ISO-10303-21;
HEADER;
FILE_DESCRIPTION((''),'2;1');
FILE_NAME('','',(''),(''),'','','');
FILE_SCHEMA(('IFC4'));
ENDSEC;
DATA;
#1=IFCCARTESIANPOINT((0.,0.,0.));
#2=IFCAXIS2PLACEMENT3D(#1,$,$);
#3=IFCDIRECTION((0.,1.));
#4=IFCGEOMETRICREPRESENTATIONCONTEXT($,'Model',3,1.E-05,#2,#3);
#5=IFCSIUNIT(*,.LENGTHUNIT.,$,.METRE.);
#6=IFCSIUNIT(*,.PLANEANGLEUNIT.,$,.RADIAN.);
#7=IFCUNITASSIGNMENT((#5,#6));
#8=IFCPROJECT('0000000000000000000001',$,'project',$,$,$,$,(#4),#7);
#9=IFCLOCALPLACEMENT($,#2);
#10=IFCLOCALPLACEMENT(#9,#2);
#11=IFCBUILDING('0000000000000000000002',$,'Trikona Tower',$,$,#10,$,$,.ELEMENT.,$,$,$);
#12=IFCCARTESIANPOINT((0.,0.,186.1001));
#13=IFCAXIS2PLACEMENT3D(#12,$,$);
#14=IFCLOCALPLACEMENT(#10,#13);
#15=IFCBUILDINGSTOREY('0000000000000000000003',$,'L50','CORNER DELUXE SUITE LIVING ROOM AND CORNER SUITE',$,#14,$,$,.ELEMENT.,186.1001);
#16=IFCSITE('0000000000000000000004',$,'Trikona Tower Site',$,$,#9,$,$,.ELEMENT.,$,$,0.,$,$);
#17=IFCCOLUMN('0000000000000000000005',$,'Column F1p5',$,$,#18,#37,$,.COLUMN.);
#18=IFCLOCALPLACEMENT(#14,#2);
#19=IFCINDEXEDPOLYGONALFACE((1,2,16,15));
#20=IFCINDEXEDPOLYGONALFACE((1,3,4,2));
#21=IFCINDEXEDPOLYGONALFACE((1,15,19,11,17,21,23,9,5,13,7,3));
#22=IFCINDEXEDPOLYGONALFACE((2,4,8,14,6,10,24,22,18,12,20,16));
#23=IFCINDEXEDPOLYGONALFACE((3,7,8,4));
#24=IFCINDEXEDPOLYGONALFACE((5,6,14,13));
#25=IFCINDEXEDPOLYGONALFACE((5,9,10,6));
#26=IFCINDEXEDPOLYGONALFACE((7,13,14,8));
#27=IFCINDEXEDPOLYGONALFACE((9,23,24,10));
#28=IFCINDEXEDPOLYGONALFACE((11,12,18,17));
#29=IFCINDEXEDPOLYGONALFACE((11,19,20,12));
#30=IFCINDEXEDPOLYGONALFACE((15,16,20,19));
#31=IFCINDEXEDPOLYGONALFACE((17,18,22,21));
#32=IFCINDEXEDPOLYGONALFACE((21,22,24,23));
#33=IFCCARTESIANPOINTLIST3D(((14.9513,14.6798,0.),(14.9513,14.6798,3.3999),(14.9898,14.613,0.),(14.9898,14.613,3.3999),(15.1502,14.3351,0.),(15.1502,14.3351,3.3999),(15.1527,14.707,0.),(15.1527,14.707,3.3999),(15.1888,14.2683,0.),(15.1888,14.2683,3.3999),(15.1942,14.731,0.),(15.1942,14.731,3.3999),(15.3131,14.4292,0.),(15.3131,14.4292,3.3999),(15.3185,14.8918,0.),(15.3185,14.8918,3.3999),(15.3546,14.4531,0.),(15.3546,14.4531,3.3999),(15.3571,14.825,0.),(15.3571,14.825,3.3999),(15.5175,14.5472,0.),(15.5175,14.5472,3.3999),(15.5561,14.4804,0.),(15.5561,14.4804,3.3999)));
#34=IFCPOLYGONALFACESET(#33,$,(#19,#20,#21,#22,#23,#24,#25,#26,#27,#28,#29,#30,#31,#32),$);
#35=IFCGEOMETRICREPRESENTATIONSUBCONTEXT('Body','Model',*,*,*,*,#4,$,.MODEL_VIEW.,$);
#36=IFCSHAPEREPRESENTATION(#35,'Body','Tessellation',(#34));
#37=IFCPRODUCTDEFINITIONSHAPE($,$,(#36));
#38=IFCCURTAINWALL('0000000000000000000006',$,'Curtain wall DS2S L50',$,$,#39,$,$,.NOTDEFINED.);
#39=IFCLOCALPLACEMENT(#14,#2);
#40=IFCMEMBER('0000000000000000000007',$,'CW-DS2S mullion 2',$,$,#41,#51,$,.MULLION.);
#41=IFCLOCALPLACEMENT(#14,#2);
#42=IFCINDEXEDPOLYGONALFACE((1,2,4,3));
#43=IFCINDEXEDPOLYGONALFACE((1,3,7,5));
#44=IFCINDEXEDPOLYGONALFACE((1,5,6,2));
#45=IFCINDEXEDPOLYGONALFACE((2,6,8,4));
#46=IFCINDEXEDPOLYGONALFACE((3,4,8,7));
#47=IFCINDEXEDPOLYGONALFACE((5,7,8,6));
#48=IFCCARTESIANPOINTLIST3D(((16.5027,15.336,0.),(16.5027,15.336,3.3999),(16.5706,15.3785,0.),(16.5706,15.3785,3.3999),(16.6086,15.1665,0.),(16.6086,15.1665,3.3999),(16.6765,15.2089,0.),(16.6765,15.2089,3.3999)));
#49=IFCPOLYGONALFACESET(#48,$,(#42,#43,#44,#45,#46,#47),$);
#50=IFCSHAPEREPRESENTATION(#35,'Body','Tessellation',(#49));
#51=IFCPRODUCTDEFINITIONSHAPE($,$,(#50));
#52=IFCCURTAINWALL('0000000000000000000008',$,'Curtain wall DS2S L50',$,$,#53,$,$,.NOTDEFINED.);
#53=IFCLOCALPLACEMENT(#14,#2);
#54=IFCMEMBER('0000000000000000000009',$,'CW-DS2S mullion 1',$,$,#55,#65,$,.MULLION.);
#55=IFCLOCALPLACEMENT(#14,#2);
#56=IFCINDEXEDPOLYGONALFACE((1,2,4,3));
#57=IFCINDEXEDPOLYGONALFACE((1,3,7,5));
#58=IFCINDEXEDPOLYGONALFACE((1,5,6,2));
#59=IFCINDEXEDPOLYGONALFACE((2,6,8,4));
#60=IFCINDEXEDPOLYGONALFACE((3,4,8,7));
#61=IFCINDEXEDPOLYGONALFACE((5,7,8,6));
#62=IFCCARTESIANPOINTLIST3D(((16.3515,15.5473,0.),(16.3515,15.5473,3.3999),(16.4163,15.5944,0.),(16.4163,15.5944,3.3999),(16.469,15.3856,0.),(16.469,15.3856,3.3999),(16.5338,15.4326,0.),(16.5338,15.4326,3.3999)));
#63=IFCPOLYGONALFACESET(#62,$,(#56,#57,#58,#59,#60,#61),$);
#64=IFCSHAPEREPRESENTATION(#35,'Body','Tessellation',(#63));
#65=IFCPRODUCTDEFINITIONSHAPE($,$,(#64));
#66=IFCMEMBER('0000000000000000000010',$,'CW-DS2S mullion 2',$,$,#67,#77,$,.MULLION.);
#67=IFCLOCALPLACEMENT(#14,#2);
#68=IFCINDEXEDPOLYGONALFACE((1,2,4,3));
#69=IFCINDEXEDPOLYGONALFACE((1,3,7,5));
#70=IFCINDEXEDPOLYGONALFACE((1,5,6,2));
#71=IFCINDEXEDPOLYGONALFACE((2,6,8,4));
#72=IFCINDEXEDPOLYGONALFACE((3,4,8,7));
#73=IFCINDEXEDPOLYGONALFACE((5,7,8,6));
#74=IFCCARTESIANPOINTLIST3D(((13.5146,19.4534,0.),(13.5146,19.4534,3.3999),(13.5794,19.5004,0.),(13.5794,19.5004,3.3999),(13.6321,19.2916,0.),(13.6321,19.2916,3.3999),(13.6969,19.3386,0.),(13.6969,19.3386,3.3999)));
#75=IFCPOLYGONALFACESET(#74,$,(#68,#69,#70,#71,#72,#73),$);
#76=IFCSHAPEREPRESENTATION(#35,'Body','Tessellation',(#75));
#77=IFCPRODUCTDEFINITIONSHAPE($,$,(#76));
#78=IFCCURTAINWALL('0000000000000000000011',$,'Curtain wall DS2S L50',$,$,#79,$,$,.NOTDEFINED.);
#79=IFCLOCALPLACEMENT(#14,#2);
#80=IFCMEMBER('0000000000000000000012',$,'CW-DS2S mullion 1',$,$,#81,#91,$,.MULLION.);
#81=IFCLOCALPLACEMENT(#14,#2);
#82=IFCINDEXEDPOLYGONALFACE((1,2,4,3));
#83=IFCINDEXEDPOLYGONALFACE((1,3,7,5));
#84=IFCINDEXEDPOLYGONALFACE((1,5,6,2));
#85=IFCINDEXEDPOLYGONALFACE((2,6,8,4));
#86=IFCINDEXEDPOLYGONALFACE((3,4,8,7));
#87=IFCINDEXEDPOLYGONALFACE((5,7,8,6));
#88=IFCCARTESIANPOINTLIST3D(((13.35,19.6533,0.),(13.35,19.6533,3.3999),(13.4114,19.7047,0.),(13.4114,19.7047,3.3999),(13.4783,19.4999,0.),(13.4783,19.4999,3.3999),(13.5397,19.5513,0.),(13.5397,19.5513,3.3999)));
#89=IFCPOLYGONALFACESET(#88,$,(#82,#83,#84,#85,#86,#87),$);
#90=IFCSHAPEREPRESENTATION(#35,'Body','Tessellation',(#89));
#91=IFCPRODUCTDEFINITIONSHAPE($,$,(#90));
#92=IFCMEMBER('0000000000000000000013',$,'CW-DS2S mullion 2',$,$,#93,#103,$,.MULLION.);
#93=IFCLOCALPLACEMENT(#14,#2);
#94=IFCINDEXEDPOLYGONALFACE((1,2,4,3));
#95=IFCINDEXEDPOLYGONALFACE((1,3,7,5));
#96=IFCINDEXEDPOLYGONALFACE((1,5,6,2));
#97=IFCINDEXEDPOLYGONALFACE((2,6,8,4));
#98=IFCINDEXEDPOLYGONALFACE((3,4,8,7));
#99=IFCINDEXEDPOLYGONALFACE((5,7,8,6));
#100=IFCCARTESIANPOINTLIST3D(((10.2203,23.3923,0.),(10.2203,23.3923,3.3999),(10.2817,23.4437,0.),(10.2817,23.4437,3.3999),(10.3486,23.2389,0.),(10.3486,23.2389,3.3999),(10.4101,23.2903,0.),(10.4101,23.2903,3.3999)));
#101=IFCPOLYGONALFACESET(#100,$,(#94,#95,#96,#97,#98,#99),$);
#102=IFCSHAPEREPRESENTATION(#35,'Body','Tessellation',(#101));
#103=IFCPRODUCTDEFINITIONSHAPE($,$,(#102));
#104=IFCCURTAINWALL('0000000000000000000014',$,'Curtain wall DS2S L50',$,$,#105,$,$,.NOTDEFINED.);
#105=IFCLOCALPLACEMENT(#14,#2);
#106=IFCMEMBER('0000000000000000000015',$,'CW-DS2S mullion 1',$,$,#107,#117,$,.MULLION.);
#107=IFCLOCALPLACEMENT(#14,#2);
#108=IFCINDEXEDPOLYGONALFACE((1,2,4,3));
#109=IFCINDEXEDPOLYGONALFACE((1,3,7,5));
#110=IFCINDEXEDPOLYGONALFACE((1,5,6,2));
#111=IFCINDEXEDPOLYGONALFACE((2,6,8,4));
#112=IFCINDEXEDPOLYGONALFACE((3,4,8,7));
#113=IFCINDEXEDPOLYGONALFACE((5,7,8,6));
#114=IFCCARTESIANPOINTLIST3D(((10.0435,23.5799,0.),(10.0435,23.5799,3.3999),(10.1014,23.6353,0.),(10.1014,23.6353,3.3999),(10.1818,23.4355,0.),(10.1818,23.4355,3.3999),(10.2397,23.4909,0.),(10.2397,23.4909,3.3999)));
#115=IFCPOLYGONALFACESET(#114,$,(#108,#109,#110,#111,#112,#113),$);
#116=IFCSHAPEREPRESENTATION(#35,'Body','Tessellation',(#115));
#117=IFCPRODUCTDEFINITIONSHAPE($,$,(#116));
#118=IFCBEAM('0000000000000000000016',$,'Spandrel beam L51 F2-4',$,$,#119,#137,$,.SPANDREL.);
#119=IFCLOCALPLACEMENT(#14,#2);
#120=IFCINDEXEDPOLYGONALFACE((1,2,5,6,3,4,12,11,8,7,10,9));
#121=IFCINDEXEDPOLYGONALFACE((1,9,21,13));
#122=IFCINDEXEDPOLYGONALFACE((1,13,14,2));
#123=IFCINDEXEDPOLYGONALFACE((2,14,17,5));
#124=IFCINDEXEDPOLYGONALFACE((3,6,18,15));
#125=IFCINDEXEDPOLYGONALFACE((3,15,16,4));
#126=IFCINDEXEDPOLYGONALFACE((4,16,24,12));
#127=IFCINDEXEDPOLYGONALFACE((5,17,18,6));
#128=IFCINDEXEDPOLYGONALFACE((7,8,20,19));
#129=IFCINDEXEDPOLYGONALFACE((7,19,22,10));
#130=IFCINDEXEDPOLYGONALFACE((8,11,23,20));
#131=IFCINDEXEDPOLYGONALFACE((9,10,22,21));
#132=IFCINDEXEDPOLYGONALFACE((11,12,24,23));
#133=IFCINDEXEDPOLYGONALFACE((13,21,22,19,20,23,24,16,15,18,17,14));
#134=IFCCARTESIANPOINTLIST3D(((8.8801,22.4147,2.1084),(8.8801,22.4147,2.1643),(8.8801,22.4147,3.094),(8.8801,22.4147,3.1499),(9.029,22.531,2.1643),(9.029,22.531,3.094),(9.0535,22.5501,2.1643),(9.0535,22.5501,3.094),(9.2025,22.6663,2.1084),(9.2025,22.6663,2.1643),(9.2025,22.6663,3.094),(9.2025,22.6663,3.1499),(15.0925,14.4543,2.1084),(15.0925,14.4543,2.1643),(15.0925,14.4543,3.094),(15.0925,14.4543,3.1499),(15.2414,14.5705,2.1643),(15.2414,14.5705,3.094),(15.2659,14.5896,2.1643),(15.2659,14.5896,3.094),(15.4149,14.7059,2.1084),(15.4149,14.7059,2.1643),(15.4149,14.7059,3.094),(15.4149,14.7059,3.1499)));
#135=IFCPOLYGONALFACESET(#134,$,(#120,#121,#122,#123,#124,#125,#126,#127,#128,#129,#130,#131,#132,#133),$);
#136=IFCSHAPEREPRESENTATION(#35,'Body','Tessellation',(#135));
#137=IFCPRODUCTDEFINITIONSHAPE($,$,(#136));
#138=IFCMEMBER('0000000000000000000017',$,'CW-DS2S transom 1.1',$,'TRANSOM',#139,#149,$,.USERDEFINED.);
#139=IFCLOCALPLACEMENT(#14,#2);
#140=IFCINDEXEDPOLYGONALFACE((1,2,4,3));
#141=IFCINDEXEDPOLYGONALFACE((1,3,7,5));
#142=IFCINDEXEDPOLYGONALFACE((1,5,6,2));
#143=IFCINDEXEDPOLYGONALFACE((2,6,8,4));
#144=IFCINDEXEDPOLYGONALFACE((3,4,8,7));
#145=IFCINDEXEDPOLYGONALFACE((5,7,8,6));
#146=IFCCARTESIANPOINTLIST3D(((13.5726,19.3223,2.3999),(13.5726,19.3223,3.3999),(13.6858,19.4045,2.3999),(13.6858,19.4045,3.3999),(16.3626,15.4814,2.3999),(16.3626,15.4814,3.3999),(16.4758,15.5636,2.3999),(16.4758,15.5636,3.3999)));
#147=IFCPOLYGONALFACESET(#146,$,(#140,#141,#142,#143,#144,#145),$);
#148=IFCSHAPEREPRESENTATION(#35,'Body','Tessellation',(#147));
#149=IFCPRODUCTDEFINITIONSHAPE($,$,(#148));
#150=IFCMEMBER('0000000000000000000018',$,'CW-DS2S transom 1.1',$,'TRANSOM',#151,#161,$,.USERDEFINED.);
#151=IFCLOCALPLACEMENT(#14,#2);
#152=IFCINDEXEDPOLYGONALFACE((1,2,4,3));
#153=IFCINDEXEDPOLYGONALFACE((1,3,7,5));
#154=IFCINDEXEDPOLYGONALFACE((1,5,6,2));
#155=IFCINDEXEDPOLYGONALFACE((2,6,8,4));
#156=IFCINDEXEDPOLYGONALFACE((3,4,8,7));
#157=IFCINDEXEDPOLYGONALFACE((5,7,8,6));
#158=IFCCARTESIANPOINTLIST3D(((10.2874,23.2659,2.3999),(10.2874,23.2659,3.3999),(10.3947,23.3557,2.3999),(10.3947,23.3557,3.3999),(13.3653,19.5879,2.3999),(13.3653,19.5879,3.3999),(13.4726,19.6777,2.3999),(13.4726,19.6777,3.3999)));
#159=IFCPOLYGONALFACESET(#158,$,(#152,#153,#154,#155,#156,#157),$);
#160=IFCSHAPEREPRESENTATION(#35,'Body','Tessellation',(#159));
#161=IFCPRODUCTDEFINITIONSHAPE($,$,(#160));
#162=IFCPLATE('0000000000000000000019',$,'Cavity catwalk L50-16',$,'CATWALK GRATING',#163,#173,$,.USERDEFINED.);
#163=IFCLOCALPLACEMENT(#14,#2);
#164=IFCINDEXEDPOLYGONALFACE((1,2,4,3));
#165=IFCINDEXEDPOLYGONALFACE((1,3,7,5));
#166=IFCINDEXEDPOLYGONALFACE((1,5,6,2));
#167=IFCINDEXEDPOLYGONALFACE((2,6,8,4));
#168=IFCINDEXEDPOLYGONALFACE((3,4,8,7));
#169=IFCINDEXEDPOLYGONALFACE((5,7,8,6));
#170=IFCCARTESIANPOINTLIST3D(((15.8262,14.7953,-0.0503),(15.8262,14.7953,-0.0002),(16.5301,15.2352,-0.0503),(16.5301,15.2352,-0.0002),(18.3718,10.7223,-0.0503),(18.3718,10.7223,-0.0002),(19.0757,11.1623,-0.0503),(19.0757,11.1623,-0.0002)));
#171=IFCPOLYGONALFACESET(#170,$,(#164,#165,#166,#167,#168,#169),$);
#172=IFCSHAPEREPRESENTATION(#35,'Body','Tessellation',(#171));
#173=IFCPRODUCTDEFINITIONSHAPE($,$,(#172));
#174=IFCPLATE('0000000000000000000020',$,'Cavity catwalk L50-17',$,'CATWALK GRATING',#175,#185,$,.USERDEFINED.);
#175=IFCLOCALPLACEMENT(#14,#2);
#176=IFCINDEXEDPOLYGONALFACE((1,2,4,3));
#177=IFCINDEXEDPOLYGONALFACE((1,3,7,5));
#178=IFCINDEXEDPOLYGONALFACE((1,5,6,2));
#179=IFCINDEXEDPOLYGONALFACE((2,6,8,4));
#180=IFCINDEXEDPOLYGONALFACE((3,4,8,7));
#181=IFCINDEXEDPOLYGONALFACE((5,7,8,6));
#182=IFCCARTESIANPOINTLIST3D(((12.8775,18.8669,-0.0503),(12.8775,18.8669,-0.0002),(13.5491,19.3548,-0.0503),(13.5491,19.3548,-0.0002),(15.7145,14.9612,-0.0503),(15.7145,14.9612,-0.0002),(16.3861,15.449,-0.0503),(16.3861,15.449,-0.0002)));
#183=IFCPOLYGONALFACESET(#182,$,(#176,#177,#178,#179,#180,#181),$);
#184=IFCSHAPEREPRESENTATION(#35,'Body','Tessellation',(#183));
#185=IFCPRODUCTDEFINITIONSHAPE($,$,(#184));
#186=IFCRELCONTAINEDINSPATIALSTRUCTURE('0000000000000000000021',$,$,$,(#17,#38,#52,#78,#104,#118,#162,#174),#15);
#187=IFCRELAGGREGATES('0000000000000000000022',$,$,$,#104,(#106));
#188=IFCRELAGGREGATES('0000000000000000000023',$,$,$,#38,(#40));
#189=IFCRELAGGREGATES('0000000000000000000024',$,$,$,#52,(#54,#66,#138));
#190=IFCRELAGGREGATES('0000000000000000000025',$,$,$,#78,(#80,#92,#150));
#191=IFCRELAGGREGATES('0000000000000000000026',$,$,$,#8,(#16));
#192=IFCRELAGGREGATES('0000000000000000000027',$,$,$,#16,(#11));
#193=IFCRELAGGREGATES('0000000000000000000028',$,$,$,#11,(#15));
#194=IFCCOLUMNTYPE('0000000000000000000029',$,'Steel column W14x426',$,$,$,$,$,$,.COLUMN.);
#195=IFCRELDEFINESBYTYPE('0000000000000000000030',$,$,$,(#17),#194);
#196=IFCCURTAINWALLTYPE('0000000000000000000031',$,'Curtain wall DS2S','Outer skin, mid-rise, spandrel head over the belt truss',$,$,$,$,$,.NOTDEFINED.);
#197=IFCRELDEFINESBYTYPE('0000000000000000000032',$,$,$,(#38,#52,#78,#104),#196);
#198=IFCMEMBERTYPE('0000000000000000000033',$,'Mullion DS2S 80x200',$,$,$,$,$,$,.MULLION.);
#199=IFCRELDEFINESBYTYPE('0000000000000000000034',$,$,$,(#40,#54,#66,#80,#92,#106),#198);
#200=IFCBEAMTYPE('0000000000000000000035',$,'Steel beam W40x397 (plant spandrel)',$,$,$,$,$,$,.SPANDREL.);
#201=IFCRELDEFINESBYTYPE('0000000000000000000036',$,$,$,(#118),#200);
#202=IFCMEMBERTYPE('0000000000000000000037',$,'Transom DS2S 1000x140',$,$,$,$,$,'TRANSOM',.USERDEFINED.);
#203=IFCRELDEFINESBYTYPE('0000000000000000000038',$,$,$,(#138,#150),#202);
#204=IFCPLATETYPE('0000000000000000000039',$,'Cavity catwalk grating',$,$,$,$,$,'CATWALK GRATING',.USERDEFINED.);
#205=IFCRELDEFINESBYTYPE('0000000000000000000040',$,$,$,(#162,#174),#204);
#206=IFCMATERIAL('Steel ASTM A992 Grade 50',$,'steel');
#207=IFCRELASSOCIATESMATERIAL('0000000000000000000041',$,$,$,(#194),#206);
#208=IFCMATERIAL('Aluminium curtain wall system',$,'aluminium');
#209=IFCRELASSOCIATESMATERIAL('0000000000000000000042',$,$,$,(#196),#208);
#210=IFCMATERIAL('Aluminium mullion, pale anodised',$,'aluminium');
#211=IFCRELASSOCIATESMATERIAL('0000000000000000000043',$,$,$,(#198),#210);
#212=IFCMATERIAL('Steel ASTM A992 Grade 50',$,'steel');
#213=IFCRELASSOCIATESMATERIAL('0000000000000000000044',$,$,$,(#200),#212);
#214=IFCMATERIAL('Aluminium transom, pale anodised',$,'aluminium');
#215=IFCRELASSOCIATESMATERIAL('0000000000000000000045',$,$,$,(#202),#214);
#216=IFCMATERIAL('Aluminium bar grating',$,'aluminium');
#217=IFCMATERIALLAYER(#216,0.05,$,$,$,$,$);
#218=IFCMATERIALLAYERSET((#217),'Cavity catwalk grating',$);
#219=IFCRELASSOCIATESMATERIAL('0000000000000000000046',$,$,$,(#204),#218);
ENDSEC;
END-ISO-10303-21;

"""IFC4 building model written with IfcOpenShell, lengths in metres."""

from ifc_helpers import new_model, si_unit, direction, frame, origin, origin_2d, place, context, subcontext, project, spatial, rectangle, i_section, extrude, material, layer, layer_set, material_profile, profile_set, type_object, element, aggregate, save


model = new_model("IFC4")

# Units and contexts
model_context = context("Model", 3, precision=1e-05, world=origin(), true_north=direction((0.0, 1.0)))
body_context = subcontext(model_context, "Body", "Model", "MODEL_VIEW")
ifc_project = project(units=[si_unit("LENGTHUNIT", "METRE"), si_unit("PLANEANGLEUNIT", "RADIAN")], contexts=[model_context])

# Site, building, storey
site_placement = place(None, origin())
site = spatial("IfcSite", under=ifc_project, at=site_placement, Name="Trikona Tower Site", CompositionType="ELEMENT", RefElevation=0.0)
building_placement = place(site_placement, origin())
building = spatial("IfcBuilding", under=site, at=building_placement, Name="Trikona Tower", CompositionType="ELEMENT")
storey_placement = place(building_placement, frame((0.0, 0.0, 186.1001)))
storey = spatial("IfcBuildingStorey", under=building, at=storey_placement, Name="L50", Description="CORNER DELUXE SUITE LIVING ROOM AND CORNER SUITE", CompositionType="ELEMENT", Elevation=186.1001)

# Column
ifc_material_1 = material(Name="Steel ASTM A992 Grade 50", Category="steel")
ifc_material_profile_1 = material_profile(ifc_material_1, i_section(OverallWidth=0.4241, OverallDepth=0.4751, WebThickness=0.0479, FlangeThickness=0.0771, at=origin_2d()), Name="W14X426")
ifc_profile_set_1 = profile_set([ifc_material_profile_1], Name="Steel ASTM A992 Grade 50")
column_type = type_object("IfcColumnType", Name="Steel column W14x426", PredefinedType="COLUMN", material=ifc_profile_set_1)
column_placement = place(storey_placement, frame((15.2537, 14.5801, 0.0), z_axis=(0.0, 0.0, 1.0), x_axis=(0.866025, 0.5, 0.0)))
element("IfcColumn", 1, at=column_placement, inside=storey, type_object=column_type, Name="Column F1p5", PredefinedType="COLUMN", context=body_context, shape_type="SweptSolid", body=[
    extrude(i_section(OverallWidth=0.4241, OverallDepth=0.4751, WebThickness=0.0479, FlangeThickness=0.0771, at=origin_2d()), origin(), (0.0, 0.0, 1.0), 3.3999),
])

# Curtain wall, member
ifc_material_2 = material(Name="Aluminium curtain wall system", Category="aluminium")
curtain_wall_type = type_object("IfcCurtainWallType", Name="Curtain wall DS2S", Description="Outer skin, mid-rise, spandrel head over the belt truss", PredefinedType="NOTDEFINED", material=ifc_material_2)
curtain_wall_1_placement = place(storey_placement, origin())
curtain_wall_1 = element("IfcCurtainWall", 2, at=curtain_wall_1_placement, inside=storey, type_object=curtain_wall_type, Name="Curtain wall DS2S L50", PredefinedType="NOTDEFINED")
ifc_material_3 = material(Name="Aluminium mullion, pale anodised", Category="aluminium")
ifc_material_profile_2 = material_profile(ifc_material_3, rectangle(XDim=0.0801, YDim=0.2, at=origin_2d()), Name="MUL-DS2S")
ifc_profile_set_2 = profile_set([ifc_material_profile_2], Name="Aluminium mullion, pale anodised")
member_type_1 = type_object("IfcMemberType", Name="Mullion DS2S 80x200", PredefinedType="MULLION", material=ifc_profile_set_2)
member_1_placement = place(storey_placement, frame((16.5896, 15.2725, 0.0), z_axis=(0.0, 0.0, 1.0), x_axis=(-0.847998, -0.529999, 0.0)))
member_1 = element("IfcMember", 3, at=member_1_placement, type_object=member_type_1, Name="CW-DS2S mullion 2", PredefinedType="MULLION", context=body_context, shape_type="SweptSolid", body=[
    extrude(rectangle(XDim=0.0801, YDim=0.2, at=origin_2d()), origin(), (0.0, 0.0, 1.0), 3.3999),
])

# Curtain walls, members
curtain_wall_2_placement = place(storey_placement, origin())
curtain_wall_2 = element("IfcCurtainWall", 4, at=curtain_wall_2_placement, inside=storey, type_object=curtain_wall_type, Name="Curtain wall DS2S L50", PredefinedType="NOTDEFINED")
member_2_placement = place(storey_placement, frame((16.4426, 15.49, 0.0), z_axis=(0.0, 0.0, 1.0), x_axis=(-0.809086, -0.587691, 0.0)))
member_2 = element("IfcMember", 5, at=member_2_placement, type_object=member_type_1, Name="CW-DS2S mullion 1", PredefinedType="MULLION", context=body_context, shape_type="SweptSolid", body=[
    extrude(rectangle(XDim=0.0801, YDim=0.2, at=origin_2d()), origin(), (0.0, 0.0, 1.0), 3.3999),
])
member_3_placement = place(storey_placement, frame((13.6057, 19.396, 0.0), z_axis=(0.0, 0.0, 1.0), x_axis=(-0.809086, -0.587691, 0.0)))
member_3 = element("IfcMember", 6, at=member_3_placement, type_object=member_type_1, Name="CW-DS2S mullion 2", PredefinedType="MULLION", context=body_context, shape_type="SweptSolid", body=[
    extrude(rectangle(XDim=0.0801, YDim=0.2, at=origin_2d()), origin(), (0.0, 0.0, 1.0), 3.3999),
])
curtain_wall_3_placement = place(storey_placement, origin())
curtain_wall_3 = element("IfcCurtainWall", 7, at=curtain_wall_3_placement, inside=storey, type_object=curtain_wall_type, Name="Curtain wall DS2S L50", PredefinedType="NOTDEFINED")
member_4_placement = place(storey_placement, frame((13.4448, 19.6023, 0.0), z_axis=(0.0, 0.0, 1.0), x_axis=(-0.766867, -0.641806, 0.0)))
member_4 = element("IfcMember", 8, at=member_4_placement, type_object=member_type_1, Name="CW-DS2S mullion 1", PredefinedType="MULLION", context=body_context, shape_type="SweptSolid", body=[
    extrude(rectangle(XDim=0.0801, YDim=0.2, at=origin_2d()), origin(), (0.0, 0.0, 1.0), 3.3999),
])
member_5_placement = place(storey_placement, frame((10.3152, 23.3413, 0.0), z_axis=(0.0, 0.0, 1.0), x_axis=(-0.766867, -0.641806, 0.0)))
member_5 = element("IfcMember", 9, at=member_5_placement, type_object=member_type_1, Name="CW-DS2S mullion 2", PredefinedType="MULLION", context=body_context, shape_type="SweptSolid", body=[
    extrude(rectangle(XDim=0.0801, YDim=0.2, at=origin_2d()), origin(), (0.0, 0.0, 1.0), 3.3999),
])

# Curtain wall, member
curtain_wall_4_placement = place(storey_placement, origin())
curtain_wall_4 = element("IfcCurtainWall", 10, at=curtain_wall_4_placement, inside=storey, type_object=curtain_wall_type, Name="Curtain wall DS2S L50", PredefinedType="NOTDEFINED")
member_6_placement = place(storey_placement, frame((10.1416, 23.5354, 0.0), z_axis=(0.0, 0.0, 1.0), x_axis=(-0.722158, -0.691728, 0.0)))
member_6 = element("IfcMember", 11, at=member_6_placement, type_object=member_type_1, Name="CW-DS2S mullion 1", PredefinedType="MULLION", context=body_context, shape_type="SweptSolid", body=[
    extrude(rectangle(XDim=0.0801, YDim=0.2, at=origin_2d()), origin(), (0.0, 0.0, 1.0), 3.3999),
])
aggregate(curtain_wall_4, [member_6])

# Beam
ifc_material_4 = material(Name="Steel ASTM A992 Grade 50", Category="steel")
ifc_material_profile_3 = material_profile(ifc_material_4, i_section(OverallWidth=0.4089, OverallDepth=1.0415, WebThickness=0.031, FlangeThickness=0.0559, at=origin_2d()), Name="W40X397")
ifc_profile_set_3 = profile_set([ifc_material_profile_3], Name="Steel ASTM A992 Grade 50")
beam_type = type_object("IfcBeamType", Name="Steel beam W40x397 (plant spandrel)", PredefinedType="SPANDREL", material=ifc_profile_set_3)
beam_placement = place(storey_placement, frame((15.2537, 14.5801, 2.6292), z_axis=(-0.615232, 0.788346, 0.0), x_axis=(-0.788346, -0.615232, 0.0)))
element("IfcBeam", 12, at=beam_placement, inside=storey, type_object=beam_type, Name="Spandrel beam L51 F2-4", PredefinedType="SPANDREL", context=body_context, shape_type="SweptSolid", body=[
    extrude(i_section(OverallWidth=0.4089, OverallDepth=1.0415, WebThickness=0.031, FlangeThickness=0.0559, at=origin_2d()), origin(), (0.0, 0.0, 1.0), 10.0977),
])

# Members
ifc_material_5 = material(Name="Aluminium transom, pale anodised", Category="aluminium")
ifc_material_profile_4 = material_profile(ifc_material_5, rectangle(XDim=0.1399, YDim=1.0, at=origin_2d()), Name="TRN-DS2S")
ifc_profile_set_4 = profile_set([ifc_material_profile_4], Name="Aluminium transom, pale anodised")
member_type_2 = type_object("IfcMemberType", Name="Transom DS2S 1000x140", ElementType="TRANSOM", PredefinedType="USERDEFINED", material=ifc_profile_set_4)
member_7_placement = place(storey_placement, frame((16.4192, 15.5225, 2.8999), z_axis=(-0.587695, 0.809083, 0.0), x_axis=(-0.809083, -0.587695, 0.0)))
member_7 = element("IfcMember", 13, at=member_7_placement, type_object=member_type_2, Name="CW-DS2S transom 1.1", ObjectType="TRANSOM", PredefinedType="USERDEFINED", context=body_context, shape_type="SweptSolid", body=[
    extrude(rectangle(XDim=0.1399, YDim=1.0, at=origin_2d()), origin(), (0.0, 0.0, 1.0), 4.7473),
])
member_8_placement = place(storey_placement, frame((13.4189, 19.6328, 2.8999), z_axis=(-0.64177, 0.766897, 0.0), x_axis=(-0.766897, -0.64177, 0.0)))
member_8 = element("IfcMember", 14, at=member_8_placement, type_object=member_type_2, Name="CW-DS2S transom 1.1", ObjectType="TRANSOM", PredefinedType="USERDEFINED", context=body_context, shape_type="SweptSolid", body=[
    extrude(rectangle(XDim=0.1399, YDim=1.0, at=origin_2d()), origin(), (0.0, 0.0, 1.0), 4.7959),
])

# Plates
ifc_material_6 = material(Name="Aluminium bar grating", Category="aluminium")
ifc_layer_1 = layer(ifc_material_6, 0.05)
ifc_layer_set_1 = layer_set([ifc_layer_1], Name="Cavity catwalk grating")
plate_type_1 = type_object("IfcPlateType", Name="Cavity catwalk grating", ElementType="CATWALK GRATING", PredefinedType="USERDEFINED", material=ifc_layer_set_1)
plate_1_placement = place(storey_placement, frame((17.4509, 12.9788, -0.0503), z_axis=(0.0, 0.0, 1.0), x_axis=(-0.529995, 0.848001, 0.0)))
element("IfcPlate", 15, at=plate_1_placement, inside=storey, type_object=plate_type_1, Name="Cavity catwalk L50-16", ObjectType="CATWALK GRATING", PredefinedType="USERDEFINED", context=body_context, shape_type="SweptSolid", body=[
    extrude(rectangle(XDim=4.803, YDim=0.8301, at=origin_2d()), origin(), (0.0, 0.0, 1.0), 0.05),
])
plate_2_placement = place(storey_placement, frame((14.6318, 17.158, -0.0503), z_axis=(0.0, 0.0, 1.0), x_axis=(-0.587686, 0.809089, 0.0)))
element("IfcPlate", 16, at=plate_2_placement, inside=storey, type_object=plate_type_1, Name="Cavity catwalk L50-17", ObjectType="CATWALK GRATING", PredefinedType="USERDEFINED", context=body_context, shape_type="SweptSolid", body=[
    extrude(rectangle(XDim=4.8274, YDim=0.8301, at=origin_2d()), origin(), (0.0, 0.0, 1.0), 0.05),
])

aggregate(curtain_wall_1, [member_1])
aggregate(curtain_wall_2, [member_2, member_3, member_7])
aggregate(curtain_wall_3, [member_4, member_5, member_8])

save(model, "model.ifc")
